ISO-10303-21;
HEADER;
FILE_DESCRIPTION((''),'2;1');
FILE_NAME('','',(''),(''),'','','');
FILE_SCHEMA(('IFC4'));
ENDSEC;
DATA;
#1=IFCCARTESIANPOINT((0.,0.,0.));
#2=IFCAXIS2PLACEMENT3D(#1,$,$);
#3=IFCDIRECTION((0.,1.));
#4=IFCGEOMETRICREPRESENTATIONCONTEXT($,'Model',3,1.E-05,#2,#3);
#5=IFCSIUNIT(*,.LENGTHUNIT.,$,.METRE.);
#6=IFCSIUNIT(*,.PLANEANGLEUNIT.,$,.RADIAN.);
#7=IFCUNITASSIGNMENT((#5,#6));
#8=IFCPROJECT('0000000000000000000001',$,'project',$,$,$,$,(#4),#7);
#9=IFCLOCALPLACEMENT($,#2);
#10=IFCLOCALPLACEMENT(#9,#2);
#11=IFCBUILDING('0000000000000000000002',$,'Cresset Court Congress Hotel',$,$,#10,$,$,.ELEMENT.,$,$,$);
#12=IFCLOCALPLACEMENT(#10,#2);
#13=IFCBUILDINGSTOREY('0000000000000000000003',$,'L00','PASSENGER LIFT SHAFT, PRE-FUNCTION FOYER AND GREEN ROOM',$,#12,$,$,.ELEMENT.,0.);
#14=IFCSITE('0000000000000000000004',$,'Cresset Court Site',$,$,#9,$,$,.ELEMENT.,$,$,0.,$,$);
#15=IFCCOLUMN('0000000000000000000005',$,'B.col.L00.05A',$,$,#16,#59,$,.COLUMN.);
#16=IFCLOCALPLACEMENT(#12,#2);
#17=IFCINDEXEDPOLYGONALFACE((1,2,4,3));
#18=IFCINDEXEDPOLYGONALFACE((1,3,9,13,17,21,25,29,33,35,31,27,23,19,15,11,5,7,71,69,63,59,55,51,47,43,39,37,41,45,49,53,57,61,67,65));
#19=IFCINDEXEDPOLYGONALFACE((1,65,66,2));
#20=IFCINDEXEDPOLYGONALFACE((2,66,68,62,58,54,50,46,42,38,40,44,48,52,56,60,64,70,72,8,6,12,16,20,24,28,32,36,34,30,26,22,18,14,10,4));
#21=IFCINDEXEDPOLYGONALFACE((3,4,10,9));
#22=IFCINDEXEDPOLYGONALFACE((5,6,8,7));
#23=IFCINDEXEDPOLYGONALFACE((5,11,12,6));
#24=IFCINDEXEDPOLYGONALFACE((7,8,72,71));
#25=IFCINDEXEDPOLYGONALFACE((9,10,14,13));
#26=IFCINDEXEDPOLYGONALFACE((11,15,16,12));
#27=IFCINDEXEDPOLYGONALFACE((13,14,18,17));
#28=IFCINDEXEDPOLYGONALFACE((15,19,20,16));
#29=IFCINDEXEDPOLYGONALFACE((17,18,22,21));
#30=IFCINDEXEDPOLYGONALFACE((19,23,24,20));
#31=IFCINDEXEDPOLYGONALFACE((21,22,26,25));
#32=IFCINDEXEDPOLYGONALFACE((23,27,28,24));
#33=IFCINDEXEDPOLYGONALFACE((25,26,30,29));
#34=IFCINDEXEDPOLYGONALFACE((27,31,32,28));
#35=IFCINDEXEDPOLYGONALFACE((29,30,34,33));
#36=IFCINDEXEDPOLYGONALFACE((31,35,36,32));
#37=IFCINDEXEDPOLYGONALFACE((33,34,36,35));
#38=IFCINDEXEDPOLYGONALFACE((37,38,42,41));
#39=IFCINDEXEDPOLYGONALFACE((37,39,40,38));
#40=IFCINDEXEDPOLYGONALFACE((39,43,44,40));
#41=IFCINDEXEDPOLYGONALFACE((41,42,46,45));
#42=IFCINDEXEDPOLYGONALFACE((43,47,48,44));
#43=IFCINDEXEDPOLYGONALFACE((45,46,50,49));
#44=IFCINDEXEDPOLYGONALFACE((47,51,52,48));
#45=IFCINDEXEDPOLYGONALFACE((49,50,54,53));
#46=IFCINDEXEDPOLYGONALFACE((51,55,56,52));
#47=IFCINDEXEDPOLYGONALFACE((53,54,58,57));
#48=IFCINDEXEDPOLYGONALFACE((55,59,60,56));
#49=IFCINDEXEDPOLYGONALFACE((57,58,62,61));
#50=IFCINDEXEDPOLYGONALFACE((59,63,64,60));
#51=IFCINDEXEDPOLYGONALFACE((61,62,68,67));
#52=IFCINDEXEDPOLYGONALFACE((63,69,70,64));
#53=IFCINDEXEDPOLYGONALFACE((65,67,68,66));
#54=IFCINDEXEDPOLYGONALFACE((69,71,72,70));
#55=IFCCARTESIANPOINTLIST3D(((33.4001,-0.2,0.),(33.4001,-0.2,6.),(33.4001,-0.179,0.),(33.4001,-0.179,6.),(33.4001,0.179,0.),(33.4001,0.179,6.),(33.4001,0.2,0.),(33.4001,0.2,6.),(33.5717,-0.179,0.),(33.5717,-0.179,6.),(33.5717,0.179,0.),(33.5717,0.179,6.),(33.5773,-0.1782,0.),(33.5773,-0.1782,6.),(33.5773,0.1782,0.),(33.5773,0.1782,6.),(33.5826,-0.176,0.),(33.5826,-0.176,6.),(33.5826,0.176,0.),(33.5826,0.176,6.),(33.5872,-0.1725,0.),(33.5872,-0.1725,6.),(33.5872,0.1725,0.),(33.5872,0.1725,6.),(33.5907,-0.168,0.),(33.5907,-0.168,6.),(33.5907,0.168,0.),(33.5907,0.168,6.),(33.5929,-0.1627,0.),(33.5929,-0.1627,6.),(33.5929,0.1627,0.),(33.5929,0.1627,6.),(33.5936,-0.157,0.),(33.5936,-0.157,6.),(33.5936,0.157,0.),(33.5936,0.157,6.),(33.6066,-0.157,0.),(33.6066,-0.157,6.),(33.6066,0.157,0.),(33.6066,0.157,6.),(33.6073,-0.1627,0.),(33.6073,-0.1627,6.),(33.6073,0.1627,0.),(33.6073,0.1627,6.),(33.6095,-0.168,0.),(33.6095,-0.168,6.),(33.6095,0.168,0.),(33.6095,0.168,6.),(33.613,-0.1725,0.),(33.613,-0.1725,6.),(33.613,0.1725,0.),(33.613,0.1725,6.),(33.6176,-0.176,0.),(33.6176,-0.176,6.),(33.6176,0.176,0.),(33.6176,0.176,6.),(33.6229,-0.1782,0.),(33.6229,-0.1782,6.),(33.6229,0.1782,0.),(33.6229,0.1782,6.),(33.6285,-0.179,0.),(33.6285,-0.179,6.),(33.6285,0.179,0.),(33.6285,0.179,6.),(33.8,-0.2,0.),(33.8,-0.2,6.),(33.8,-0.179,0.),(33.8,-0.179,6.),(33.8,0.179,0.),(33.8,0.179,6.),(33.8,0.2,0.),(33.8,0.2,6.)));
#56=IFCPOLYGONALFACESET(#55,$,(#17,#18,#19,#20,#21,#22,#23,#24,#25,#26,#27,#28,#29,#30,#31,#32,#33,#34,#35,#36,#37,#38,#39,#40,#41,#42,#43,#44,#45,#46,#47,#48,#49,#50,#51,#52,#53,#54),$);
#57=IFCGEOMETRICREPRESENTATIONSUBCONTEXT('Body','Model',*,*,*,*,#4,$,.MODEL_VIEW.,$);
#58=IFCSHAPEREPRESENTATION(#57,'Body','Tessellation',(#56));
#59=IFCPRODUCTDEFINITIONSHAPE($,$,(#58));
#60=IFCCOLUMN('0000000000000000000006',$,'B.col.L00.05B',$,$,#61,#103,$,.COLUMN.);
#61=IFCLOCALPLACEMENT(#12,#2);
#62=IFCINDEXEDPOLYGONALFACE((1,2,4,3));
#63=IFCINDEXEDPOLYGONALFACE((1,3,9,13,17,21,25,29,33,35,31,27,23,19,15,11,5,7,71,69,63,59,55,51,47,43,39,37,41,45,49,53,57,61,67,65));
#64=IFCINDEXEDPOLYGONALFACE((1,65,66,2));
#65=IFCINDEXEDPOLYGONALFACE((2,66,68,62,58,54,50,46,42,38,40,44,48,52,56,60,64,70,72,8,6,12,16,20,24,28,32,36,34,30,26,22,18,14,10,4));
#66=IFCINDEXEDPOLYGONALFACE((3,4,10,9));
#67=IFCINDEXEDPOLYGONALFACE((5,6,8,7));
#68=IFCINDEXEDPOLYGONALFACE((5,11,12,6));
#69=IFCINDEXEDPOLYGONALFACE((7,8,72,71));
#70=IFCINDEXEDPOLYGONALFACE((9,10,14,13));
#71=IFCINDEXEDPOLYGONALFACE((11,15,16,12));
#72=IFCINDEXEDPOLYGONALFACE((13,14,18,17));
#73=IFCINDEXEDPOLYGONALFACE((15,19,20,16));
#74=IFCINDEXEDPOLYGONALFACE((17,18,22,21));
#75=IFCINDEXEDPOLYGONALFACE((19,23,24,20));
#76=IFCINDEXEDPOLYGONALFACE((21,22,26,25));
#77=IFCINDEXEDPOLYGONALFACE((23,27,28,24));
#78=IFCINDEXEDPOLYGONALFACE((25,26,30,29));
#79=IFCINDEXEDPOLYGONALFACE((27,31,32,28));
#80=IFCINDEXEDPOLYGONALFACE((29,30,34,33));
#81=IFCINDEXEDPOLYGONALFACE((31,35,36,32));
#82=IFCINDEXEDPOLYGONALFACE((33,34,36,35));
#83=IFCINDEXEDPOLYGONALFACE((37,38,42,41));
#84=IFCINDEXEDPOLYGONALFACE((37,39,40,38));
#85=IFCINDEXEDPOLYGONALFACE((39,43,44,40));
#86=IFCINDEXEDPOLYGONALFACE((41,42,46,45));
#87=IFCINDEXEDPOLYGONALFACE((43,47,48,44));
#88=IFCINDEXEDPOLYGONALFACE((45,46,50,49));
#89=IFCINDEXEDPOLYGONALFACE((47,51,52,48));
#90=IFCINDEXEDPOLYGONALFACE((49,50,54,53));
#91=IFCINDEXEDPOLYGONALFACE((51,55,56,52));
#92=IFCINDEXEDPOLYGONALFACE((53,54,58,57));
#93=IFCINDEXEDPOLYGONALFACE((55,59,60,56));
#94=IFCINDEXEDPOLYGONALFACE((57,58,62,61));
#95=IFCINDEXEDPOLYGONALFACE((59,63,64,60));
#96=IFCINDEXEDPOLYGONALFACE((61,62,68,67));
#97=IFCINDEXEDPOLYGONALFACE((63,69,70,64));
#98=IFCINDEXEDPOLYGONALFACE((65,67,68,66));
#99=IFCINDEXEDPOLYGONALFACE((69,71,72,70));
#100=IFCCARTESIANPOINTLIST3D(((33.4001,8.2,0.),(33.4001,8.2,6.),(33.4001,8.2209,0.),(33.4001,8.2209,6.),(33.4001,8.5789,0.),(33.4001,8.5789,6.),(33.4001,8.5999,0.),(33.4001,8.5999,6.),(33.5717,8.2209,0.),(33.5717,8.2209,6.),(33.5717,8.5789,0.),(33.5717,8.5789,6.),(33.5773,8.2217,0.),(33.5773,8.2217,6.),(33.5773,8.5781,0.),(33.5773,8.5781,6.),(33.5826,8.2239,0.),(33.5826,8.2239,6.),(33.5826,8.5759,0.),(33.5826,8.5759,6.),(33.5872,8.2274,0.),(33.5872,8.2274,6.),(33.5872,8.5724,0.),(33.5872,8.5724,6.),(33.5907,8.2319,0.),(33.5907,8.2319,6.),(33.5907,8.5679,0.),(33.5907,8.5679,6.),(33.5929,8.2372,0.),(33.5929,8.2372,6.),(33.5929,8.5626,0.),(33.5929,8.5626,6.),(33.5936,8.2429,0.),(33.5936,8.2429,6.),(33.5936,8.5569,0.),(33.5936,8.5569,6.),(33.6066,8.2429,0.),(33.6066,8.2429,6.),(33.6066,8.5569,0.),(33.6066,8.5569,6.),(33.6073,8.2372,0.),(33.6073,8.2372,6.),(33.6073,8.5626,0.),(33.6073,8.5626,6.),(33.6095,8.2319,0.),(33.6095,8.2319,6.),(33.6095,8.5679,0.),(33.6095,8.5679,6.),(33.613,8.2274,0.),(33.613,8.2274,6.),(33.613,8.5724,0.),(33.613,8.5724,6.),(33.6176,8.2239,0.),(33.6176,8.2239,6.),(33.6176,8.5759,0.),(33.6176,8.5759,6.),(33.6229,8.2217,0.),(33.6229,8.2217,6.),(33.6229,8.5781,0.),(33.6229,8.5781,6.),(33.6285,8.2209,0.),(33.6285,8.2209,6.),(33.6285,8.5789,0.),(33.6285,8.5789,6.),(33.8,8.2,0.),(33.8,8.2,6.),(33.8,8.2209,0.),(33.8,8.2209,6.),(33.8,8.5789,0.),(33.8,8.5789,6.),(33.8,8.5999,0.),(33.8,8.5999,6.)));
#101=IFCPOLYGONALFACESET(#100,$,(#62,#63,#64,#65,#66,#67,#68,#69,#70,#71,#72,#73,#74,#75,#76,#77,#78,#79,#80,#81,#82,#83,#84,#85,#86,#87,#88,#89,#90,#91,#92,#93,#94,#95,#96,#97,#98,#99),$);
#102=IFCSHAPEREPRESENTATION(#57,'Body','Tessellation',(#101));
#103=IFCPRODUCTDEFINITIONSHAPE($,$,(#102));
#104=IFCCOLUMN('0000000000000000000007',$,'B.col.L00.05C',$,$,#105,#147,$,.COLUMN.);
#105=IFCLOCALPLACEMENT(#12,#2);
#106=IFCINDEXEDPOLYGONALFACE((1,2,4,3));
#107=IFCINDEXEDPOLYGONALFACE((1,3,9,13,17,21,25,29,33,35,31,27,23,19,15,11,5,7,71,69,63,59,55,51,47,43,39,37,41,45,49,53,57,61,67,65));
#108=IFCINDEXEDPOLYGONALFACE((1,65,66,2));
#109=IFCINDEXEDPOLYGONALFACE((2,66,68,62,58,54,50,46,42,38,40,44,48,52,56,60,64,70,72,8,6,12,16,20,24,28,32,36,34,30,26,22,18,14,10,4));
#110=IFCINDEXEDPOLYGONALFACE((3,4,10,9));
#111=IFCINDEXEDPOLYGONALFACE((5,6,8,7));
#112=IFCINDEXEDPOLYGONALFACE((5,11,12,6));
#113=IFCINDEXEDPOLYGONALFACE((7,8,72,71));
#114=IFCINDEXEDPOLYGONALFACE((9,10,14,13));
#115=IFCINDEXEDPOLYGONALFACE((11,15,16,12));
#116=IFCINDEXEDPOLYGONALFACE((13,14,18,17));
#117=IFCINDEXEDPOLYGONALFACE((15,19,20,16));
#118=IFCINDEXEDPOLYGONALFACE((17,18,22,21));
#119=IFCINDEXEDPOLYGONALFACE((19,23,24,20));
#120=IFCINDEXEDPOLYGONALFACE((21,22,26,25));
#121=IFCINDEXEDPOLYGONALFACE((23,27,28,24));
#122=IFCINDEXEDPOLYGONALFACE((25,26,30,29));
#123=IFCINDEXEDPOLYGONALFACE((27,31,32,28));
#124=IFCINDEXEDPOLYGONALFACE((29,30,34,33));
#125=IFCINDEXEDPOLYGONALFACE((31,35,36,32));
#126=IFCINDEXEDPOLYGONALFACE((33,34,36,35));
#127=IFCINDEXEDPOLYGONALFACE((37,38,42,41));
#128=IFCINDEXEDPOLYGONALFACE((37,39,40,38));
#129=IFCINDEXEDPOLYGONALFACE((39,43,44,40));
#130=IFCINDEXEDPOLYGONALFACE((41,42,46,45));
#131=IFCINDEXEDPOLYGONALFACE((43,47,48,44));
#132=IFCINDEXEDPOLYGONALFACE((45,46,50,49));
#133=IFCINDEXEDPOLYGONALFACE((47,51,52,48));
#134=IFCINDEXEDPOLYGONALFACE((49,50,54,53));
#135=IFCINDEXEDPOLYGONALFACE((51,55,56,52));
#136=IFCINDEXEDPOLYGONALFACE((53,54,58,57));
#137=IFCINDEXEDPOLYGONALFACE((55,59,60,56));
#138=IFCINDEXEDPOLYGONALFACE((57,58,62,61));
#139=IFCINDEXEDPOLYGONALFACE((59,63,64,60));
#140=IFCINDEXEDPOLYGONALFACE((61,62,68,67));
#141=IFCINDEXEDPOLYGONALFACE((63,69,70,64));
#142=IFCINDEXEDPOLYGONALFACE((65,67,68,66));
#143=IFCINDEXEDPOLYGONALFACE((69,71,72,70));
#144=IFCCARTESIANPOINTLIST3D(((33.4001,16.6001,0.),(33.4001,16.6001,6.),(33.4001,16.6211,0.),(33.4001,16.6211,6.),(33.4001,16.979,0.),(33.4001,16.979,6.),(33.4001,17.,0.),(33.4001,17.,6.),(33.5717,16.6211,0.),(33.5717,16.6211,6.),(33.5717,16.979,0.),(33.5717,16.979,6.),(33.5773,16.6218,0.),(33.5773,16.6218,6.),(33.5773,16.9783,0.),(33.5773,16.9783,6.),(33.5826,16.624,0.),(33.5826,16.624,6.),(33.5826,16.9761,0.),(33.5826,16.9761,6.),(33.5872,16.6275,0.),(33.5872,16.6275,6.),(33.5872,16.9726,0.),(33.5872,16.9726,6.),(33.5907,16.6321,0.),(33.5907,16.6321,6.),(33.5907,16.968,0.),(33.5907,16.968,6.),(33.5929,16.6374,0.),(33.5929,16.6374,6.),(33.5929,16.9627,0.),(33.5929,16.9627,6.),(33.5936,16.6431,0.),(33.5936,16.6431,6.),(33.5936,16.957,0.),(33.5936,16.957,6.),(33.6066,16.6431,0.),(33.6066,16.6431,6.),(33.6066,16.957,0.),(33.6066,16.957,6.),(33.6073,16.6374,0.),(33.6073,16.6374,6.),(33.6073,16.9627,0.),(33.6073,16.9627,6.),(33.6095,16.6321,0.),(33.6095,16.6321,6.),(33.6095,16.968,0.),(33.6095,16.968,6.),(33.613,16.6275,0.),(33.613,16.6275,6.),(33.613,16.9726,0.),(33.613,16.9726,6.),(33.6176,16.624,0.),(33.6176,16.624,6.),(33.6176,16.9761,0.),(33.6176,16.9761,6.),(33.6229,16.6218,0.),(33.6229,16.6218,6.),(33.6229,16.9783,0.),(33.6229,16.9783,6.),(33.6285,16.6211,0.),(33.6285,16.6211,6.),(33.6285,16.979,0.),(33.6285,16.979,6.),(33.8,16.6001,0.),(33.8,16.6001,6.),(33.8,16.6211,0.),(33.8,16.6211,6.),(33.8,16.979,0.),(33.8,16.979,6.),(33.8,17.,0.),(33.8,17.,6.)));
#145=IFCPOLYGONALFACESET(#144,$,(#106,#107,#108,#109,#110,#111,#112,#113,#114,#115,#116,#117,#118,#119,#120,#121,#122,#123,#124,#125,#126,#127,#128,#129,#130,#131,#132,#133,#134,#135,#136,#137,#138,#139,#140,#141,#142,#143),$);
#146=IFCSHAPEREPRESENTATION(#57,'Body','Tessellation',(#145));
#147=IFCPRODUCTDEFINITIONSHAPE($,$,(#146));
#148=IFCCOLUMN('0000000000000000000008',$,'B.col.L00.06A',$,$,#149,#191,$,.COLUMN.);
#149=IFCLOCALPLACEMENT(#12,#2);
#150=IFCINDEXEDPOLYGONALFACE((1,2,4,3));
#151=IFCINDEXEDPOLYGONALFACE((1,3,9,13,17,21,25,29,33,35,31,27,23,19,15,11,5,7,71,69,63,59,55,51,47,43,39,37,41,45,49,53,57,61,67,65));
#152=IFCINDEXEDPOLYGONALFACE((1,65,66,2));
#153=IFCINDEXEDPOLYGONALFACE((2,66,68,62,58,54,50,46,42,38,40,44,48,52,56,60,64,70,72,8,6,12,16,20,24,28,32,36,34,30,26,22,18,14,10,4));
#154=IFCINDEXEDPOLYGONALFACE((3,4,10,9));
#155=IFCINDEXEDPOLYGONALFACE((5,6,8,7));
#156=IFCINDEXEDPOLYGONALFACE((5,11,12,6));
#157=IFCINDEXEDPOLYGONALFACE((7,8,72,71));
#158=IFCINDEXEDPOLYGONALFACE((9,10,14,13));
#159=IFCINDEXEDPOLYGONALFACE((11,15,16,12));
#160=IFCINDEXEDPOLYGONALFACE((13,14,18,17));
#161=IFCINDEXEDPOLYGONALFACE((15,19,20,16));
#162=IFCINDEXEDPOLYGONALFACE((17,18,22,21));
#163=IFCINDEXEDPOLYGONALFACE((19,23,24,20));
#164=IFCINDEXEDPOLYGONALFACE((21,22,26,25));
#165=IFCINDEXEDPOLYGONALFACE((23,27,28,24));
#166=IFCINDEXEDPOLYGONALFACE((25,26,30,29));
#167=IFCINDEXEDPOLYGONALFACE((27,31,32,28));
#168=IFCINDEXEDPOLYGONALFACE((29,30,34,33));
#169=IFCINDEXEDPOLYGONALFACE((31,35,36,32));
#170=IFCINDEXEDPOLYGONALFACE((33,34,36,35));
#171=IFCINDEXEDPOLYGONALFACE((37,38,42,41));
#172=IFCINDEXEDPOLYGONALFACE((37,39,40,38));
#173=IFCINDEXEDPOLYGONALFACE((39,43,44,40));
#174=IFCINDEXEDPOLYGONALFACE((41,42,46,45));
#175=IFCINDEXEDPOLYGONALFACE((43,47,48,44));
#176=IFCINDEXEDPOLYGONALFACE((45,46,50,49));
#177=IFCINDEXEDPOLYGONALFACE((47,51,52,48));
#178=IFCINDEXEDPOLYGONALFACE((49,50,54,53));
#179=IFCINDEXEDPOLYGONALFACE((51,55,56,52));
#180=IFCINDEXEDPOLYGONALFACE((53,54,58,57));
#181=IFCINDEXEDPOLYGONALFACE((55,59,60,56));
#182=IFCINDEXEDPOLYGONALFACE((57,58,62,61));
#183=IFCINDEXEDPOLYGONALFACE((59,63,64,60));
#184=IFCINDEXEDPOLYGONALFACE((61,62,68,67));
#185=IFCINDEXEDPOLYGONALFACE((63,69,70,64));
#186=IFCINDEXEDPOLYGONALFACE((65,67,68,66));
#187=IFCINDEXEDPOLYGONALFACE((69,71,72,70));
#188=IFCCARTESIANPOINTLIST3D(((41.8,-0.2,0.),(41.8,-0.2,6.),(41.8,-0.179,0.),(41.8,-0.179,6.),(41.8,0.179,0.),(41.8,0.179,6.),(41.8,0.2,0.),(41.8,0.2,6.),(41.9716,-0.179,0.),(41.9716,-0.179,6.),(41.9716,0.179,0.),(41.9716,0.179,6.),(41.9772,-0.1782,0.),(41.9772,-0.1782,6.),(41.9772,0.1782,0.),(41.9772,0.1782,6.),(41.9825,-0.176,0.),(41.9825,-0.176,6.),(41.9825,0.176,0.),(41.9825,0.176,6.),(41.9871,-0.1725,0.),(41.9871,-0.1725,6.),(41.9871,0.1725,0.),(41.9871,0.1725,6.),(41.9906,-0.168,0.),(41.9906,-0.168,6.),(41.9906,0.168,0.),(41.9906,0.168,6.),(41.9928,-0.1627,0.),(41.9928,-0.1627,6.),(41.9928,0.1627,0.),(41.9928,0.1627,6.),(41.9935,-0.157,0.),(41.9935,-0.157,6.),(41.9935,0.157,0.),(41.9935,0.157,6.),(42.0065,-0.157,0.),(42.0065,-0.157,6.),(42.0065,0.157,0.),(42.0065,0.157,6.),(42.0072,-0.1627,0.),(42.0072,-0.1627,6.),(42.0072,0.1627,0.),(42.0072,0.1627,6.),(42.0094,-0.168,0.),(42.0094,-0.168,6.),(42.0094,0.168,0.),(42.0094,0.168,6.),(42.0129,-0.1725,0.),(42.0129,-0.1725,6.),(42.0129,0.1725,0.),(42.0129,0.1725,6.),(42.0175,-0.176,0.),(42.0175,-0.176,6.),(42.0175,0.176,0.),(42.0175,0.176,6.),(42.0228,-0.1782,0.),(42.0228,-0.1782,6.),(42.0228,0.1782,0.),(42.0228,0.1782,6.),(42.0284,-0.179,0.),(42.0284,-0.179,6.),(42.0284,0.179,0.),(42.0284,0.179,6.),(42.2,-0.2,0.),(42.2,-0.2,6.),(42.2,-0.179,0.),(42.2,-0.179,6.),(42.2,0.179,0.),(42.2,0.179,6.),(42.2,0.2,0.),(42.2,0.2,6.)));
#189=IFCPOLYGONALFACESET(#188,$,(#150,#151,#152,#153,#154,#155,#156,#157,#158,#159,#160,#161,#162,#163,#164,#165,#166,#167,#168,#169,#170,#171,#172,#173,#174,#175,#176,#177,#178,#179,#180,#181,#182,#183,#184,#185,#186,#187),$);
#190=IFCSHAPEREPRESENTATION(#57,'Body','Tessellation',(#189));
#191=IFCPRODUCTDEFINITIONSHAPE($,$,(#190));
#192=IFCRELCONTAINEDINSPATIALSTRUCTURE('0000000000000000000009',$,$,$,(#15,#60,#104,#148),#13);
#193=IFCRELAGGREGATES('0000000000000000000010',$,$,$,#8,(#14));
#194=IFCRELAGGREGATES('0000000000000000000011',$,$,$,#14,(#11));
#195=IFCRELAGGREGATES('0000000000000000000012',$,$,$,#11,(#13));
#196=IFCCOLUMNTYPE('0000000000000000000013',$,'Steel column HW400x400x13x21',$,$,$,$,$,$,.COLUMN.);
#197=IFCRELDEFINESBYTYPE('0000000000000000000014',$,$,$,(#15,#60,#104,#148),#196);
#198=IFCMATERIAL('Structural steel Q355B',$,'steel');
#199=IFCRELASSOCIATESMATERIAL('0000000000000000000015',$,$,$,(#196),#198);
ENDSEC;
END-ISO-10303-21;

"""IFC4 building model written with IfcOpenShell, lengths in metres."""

from ifc_helpers import new_model, si_unit, direction, frame, origin, origin_2d, place, context, subcontext, project, spatial, i_section, extrude, material, material_profile, profile_set, type_object, element, save


model = new_model("IFC4")

# Units and contexts
model_context = context("Model", 3, precision=1e-05, world=origin(), true_north=direction((0.0, 1.0)))
body_context = subcontext(model_context, "Body", "Model", "MODEL_VIEW")
ifc_project = project(units=[si_unit("LENGTHUNIT", "METRE"), si_unit("PLANEANGLEUNIT", "RADIAN")], contexts=[model_context])

# Site, building, storey
site_placement = place(None, origin())
site = spatial("IfcSite", under=ifc_project, at=site_placement, Name="Cresset Court Site", CompositionType="ELEMENT", RefElevation=0.0)
building_placement = place(site_placement, origin())
building = spatial("IfcBuilding", under=site, at=building_placement, Name="Cresset Court Congress Hotel", CompositionType="ELEMENT")
storey_placement = place(building_placement, origin())
storey = spatial("IfcBuildingStorey", under=building, at=storey_placement, Name="L00", Description="PASSENGER LIFT SHAFT, PRE-FUNCTION FOYER AND GREEN ROOM", CompositionType="ELEMENT", Elevation=0.0)

# Columns
ifc_material_1 = material(Name="Structural steel Q355B", Category="steel")
ifc_material_profile_1 = material_profile(ifc_material_1, i_section(OverallWidth=0.3999, OverallDepth=0.3999, WebThickness=0.0129, FlangeThickness=0.021, FilletRadius=0.022, at=origin_2d()), Name="HW400x400x13x21")
ifc_profile_set_1 = profile_set([ifc_material_profile_1], Name="Structural steel Q355B")
column_type = type_object("IfcColumnType", Name="Steel column HW400x400x13x21", PredefinedType="COLUMN", material=ifc_profile_set_1)
for number, where, z_axis, x_axis, name in (
    (1, (33.6001, 0.0, 0.0), (0.0, 0.0, 1.0), (1.0, 0.0, 0.0), "B.col.L00.05A"),
    (2, (33.6001, 8.3999, 0.0), (0.0, 0.0, 1.0), (1.0, 0.0, 0.0), "B.col.L00.05B"),
    (3, (33.6001, 16.8, 0.0), (0.0, 0.0, 1.0), (1.0, 0.0, 0.0), "B.col.L00.05C"),
    (4, (42.0, 0.0, 0.0), (0.0, 0.0, 1.0), (1.0, 0.0, 0.0), "B.col.L00.06A"),
):
    element("IfcColumn", number, at=place(storey_placement, frame(where, z_axis=z_axis, x_axis=x_axis)), inside=storey, type_object=column_type, Name=name, PredefinedType="COLUMN", context=body_context, shape_type="SweptSolid", body=[
        extrude(i_section(OverallWidth=0.3999, OverallDepth=0.3999, WebThickness=0.0129, FlangeThickness=0.021, FilletRadius=0.022, at=origin_2d()), origin(), (0.0, 0.0, 1.0), 6.0),
    ])

save(model, "model.ifc")
